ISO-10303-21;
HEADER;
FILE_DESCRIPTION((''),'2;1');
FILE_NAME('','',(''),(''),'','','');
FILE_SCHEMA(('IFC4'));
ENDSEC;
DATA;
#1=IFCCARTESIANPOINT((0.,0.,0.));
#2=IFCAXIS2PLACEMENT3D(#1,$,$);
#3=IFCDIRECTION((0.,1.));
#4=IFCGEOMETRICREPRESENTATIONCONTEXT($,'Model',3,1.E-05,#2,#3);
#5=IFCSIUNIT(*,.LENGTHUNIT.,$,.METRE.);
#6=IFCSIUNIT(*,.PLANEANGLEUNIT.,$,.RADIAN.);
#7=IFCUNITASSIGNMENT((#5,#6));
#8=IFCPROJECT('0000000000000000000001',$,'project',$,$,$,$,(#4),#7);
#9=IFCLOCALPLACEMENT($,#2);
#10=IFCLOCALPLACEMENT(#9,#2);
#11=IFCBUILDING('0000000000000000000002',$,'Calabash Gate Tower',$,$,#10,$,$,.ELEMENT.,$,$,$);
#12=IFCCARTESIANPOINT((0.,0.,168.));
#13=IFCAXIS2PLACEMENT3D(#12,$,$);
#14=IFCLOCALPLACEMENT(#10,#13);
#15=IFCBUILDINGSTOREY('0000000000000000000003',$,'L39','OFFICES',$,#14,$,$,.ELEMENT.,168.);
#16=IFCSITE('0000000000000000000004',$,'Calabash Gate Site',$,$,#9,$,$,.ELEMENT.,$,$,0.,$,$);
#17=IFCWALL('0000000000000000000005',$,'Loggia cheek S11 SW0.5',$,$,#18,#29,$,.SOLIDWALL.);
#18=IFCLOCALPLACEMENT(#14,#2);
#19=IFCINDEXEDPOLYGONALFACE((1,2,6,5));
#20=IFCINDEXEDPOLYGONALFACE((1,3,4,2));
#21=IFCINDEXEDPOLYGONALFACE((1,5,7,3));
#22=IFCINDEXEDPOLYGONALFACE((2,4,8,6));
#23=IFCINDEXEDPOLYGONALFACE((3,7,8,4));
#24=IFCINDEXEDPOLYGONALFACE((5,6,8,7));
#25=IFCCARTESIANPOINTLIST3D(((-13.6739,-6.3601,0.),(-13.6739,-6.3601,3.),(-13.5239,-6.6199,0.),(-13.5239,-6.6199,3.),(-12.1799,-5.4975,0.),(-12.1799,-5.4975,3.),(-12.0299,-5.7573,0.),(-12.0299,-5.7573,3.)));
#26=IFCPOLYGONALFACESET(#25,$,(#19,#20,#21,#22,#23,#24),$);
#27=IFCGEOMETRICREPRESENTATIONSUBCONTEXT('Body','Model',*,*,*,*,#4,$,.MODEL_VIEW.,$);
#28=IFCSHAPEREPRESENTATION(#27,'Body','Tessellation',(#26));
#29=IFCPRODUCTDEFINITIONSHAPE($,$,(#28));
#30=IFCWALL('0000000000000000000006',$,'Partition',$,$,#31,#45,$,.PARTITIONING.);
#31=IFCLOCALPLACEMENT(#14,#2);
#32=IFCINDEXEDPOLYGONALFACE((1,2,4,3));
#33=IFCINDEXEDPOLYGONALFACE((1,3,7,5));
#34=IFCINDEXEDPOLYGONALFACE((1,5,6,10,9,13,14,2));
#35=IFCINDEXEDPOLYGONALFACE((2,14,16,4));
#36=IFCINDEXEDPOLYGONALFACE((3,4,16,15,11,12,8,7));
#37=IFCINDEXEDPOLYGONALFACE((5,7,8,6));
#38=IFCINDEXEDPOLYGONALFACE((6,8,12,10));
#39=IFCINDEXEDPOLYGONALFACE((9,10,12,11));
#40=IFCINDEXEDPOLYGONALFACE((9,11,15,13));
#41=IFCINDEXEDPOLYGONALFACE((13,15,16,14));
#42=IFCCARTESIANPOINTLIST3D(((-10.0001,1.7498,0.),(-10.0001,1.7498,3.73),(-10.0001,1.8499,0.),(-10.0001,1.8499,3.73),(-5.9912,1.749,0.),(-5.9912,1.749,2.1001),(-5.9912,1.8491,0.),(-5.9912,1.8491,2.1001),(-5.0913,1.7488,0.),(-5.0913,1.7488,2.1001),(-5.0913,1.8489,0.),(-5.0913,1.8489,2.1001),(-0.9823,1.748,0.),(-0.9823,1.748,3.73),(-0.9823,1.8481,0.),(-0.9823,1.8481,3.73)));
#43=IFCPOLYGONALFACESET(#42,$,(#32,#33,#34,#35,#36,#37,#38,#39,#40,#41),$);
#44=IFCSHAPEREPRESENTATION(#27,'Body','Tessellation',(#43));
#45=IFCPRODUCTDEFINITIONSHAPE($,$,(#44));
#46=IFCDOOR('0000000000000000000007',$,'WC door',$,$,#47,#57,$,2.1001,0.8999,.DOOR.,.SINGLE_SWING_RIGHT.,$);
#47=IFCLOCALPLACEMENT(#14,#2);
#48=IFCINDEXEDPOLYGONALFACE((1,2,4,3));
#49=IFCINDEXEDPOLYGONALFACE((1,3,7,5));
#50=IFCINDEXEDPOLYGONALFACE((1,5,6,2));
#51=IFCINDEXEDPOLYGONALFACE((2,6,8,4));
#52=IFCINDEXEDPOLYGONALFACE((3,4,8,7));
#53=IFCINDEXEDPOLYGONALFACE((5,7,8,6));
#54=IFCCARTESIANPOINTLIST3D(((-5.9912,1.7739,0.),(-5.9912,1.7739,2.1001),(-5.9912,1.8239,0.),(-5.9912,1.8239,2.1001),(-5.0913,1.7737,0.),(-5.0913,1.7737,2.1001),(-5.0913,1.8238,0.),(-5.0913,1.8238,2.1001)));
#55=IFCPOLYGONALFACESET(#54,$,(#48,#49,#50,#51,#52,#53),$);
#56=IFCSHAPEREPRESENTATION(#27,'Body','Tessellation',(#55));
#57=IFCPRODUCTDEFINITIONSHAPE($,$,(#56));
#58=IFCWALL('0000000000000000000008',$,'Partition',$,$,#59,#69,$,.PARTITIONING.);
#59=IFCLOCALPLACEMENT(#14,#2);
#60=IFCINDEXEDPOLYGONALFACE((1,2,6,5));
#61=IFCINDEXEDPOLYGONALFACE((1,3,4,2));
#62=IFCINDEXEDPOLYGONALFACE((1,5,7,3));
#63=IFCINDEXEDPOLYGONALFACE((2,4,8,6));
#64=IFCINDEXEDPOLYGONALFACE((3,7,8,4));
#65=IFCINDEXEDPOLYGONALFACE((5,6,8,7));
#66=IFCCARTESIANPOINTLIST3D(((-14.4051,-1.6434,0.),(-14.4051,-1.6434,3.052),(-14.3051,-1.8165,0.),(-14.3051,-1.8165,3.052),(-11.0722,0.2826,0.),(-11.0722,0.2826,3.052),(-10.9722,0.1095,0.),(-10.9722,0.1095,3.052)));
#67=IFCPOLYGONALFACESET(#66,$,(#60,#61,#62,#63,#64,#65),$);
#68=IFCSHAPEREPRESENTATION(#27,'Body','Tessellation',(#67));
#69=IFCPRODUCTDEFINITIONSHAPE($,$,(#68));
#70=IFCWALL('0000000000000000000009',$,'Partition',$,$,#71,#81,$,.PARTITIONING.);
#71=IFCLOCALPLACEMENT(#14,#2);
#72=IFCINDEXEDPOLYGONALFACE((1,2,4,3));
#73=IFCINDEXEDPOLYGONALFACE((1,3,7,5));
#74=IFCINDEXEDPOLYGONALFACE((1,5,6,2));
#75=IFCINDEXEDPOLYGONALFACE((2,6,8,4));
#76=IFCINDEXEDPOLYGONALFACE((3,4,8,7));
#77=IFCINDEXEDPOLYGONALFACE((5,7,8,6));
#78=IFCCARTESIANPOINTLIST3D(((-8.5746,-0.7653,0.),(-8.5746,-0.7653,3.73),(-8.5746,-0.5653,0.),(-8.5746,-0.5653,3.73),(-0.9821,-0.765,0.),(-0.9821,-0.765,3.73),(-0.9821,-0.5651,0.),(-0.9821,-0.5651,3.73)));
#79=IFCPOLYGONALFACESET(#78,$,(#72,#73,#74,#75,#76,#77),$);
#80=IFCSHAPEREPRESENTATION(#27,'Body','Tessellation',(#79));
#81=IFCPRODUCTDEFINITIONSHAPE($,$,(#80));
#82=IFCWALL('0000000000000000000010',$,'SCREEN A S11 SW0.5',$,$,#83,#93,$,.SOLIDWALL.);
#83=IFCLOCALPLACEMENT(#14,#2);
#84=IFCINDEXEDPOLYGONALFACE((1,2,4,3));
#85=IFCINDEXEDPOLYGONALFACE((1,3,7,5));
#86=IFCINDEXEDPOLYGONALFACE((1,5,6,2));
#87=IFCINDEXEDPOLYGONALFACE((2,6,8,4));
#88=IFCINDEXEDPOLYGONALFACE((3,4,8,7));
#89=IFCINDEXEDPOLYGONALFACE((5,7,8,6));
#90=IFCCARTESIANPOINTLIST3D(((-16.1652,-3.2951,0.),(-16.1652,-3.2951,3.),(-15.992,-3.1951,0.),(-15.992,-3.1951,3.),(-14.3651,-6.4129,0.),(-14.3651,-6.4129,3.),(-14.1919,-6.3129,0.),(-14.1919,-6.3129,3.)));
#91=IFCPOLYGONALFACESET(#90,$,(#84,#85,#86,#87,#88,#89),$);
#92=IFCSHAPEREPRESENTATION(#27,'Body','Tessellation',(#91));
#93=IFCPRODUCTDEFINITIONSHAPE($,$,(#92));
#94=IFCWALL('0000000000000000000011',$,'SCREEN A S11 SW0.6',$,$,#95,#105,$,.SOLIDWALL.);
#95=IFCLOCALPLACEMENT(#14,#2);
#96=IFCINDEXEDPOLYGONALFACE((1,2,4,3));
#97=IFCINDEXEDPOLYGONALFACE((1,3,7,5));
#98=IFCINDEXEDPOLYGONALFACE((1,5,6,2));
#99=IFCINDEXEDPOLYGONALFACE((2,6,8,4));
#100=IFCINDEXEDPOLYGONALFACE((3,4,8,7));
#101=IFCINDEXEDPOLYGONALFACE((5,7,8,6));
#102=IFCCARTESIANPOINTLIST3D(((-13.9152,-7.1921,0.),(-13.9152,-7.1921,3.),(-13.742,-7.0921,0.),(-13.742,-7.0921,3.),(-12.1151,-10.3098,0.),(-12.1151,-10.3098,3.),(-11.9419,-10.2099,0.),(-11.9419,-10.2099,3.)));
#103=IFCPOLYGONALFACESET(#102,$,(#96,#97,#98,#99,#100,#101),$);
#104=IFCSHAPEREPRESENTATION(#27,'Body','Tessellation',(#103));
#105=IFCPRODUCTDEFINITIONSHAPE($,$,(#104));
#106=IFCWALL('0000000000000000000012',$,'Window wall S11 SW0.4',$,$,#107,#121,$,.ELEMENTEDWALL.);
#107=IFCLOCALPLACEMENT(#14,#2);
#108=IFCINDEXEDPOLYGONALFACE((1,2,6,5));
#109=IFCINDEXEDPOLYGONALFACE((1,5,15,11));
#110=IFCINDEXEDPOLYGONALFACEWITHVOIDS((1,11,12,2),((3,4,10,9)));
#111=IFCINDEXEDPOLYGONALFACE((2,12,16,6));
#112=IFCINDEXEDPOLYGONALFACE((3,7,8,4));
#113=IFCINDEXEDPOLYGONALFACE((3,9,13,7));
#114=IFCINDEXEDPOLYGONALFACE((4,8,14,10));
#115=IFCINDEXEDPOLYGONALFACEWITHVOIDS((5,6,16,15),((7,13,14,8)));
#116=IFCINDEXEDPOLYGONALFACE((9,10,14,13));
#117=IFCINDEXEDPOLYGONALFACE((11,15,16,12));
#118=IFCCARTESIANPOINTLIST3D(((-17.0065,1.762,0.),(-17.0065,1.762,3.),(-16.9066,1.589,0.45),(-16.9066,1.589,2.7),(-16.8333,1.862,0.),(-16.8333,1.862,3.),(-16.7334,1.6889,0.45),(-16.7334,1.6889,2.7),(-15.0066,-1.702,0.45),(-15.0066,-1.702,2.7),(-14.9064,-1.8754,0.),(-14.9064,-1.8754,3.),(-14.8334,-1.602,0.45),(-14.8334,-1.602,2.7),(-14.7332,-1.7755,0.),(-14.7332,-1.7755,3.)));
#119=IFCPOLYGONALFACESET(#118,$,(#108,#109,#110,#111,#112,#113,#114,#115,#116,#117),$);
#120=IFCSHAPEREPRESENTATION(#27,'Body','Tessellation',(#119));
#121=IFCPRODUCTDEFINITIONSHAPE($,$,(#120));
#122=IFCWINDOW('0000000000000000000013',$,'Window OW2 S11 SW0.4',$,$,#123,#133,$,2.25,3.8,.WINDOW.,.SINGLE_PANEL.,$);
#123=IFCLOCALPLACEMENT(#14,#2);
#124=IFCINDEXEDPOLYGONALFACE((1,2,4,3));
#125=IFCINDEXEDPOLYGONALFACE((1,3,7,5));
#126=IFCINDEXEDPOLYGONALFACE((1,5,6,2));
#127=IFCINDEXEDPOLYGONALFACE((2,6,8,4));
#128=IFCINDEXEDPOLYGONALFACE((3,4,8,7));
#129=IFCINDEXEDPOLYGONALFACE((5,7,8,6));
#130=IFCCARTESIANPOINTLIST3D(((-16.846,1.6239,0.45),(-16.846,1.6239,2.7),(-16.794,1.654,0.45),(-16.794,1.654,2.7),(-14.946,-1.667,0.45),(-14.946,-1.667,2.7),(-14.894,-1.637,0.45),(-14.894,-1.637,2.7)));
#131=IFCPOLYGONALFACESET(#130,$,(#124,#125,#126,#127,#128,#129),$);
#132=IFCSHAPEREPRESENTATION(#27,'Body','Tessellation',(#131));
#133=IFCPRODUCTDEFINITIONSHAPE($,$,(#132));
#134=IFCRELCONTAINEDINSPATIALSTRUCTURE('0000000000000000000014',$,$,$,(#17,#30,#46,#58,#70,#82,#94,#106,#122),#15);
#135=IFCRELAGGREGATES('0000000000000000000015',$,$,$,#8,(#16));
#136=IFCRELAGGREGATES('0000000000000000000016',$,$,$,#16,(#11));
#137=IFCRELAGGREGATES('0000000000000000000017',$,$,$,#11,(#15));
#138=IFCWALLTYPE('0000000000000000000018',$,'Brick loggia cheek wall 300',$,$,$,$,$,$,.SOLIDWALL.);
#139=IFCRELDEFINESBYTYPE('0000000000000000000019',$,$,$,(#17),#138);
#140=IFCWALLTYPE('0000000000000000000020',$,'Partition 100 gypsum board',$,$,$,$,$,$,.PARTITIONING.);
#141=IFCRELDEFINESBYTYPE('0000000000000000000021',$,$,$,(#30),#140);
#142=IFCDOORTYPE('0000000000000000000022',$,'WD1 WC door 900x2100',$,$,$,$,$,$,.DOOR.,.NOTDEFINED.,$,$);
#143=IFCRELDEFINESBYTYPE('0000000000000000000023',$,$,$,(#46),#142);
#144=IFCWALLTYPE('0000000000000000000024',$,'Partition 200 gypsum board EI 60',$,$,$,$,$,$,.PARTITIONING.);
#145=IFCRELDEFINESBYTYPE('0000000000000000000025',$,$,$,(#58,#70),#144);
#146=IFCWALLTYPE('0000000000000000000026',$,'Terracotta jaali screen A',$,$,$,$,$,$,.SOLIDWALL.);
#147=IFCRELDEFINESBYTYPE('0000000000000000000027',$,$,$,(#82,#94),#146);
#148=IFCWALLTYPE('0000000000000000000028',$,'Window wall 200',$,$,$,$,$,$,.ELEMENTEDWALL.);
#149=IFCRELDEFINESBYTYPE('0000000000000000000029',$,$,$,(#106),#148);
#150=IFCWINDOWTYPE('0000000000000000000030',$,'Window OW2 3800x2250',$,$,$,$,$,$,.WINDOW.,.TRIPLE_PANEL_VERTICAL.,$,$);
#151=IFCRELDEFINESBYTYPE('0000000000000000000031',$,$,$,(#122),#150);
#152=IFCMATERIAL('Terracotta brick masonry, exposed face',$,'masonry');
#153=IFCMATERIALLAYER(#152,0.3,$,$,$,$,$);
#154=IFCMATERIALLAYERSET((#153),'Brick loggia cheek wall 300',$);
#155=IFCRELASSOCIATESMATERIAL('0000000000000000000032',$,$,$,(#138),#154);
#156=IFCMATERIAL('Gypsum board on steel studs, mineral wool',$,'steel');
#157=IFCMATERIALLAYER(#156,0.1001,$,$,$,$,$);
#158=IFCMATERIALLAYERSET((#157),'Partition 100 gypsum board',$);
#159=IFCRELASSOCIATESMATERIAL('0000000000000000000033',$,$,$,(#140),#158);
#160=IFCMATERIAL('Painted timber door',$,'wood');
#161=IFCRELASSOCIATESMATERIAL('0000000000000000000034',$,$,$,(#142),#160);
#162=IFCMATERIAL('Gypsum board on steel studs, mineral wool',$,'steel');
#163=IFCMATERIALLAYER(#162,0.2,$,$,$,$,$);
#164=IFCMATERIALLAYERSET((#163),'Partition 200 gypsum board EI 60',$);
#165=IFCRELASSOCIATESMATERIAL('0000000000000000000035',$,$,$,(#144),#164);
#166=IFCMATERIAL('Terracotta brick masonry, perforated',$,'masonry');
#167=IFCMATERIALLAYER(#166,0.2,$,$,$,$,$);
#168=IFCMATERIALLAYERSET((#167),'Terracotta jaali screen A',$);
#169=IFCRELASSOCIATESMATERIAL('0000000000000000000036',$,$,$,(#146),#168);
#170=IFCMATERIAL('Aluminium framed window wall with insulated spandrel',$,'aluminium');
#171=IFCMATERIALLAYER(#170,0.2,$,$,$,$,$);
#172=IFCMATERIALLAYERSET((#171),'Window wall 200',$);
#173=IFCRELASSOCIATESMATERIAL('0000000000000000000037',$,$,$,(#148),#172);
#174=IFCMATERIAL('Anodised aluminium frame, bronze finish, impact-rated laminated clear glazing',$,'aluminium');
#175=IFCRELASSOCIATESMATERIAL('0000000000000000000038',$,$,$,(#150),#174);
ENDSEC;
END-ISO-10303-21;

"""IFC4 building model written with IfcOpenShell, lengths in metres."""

from ifc_helpers import new_model, si_unit, direction, frame, frame_2d, origin, place, context, subcontext, project, spatial, rectangle, extrude, material, layer, layer_set, type_object, element, fill, save


model = new_model("IFC4")

# Units and contexts
model_context = context("Model", 3, precision=1e-05, world=origin(), true_north=direction((0.0, 1.0)))
body_context = subcontext(model_context, "Body", "Model", "MODEL_VIEW")
ifc_project = project(units=[si_unit("LENGTHUNIT", "METRE"), si_unit("PLANEANGLEUNIT", "RADIAN")], contexts=[model_context])

# Site, building, storey
site_placement = place(None, origin())
site = spatial("IfcSite", under=ifc_project, at=site_placement, Name="Calabash Gate Site", CompositionType="ELEMENT", RefElevation=0.0)
building_placement = place(site_placement, origin())
building = spatial("IfcBuilding", under=site, at=building_placement, Name="Calabash Gate Tower", CompositionType="ELEMENT")
storey_placement = place(building_placement, frame((0.0, 0.0, 168.0)))
storey = spatial("IfcBuildingStorey", under=building, at=storey_placement, Name="L39", Description="OFFICES", CompositionType="ELEMENT", Elevation=168.0)

# Wall
ifc_material_1 = material(Name="Terracotta brick masonry, exposed face", Category="masonry")
ifc_layer_1 = layer(ifc_material_1, 0.3)
ifc_layer_set_1 = layer_set([ifc_layer_1], Name="Brick loggia cheek wall 300")
wall_type_1 = type_object("IfcWallType", Name="Brick loggia cheek wall 300", PredefinedType="SOLIDWALL", material=ifc_layer_set_1)
wall_1_placement = place(storey_placement, frame((-13.5989, -6.49, 0.0), z_axis=(0.0, 0.0, 1.0), x_axis=(0.866014, 0.500021, 0.0)))
element("IfcWall", 1, at=wall_1_placement, inside=storey, type_object=wall_type_1, Name="Loggia cheek S11 SW0.5", PredefinedType="SOLIDWALL", context=body_context, shape_type="SweptSolid", body=[
    extrude(rectangle(XDim=1.7251, YDim=0.3, at=frame_2d((0.8625, 0.0))), origin(), (0.0, 0.0, 1.0), 3.0),
])

# Wall, opening, door
ifc_material_2 = material(Name="Gypsum board on steel studs, mineral wool", Category="steel")
ifc_layer_2 = layer(ifc_material_2, 0.1001)
ifc_layer_set_2 = layer_set([ifc_layer_2], Name="Partition 100 gypsum board")
wall_type_2 = type_object("IfcWallType", Name="Partition 100 gypsum board", PredefinedType="PARTITIONING", material=ifc_layer_set_2)
wall_2_placement = place(storey_placement, frame((-10.0, 1.7998, 0.0), z_axis=(0.0, 0.0, 1.0), x_axis=(1.0, -0.00019, 0.0)))
wall_2 = element("IfcWall", 2, at=wall_2_placement, inside=storey, type_object=wall_type_2, Name="Partition", PredefinedType="PARTITIONING", context=body_context, shape_type="SweptSolid", body=[
    extrude(rectangle(XDim=9.0178, YDim=0.1001, at=frame_2d((4.5088, 0.0))), origin(), (0.0, 0.0, 1.0), 3.73),
])
opening_1_placement = place(wall_2_placement, frame((4.0088, 0.0, 0.0)))
opening_1 = element("IfcOpeningElement", 3, at=opening_1_placement, cuts=wall_2, PredefinedType="OPENING", context=body_context, shape_type="SweptSolid", body=[
    extrude(rectangle(XDim=0.8999, YDim=2.1001, at=frame_2d((0.45, 1.05))), frame((0.0, 0.0601, 0.0), z_axis=(0.0, -1.0, 0.0), x_axis=(1.0, 0.0, 0.0)), (0.0, 0.0, 1.0), 0.1201),
])
ifc_material_3 = material(Name="Painted timber door", Category="wood")
door_type_1 = type_object("IfcDoorType", Name="WD1 WC door 900x2100", OperationType="NOTDEFINED", PredefinedType="DOOR", material=ifc_material_3)
door_1_placement = place(opening_1_placement, origin())
door_1 = element("IfcDoor", 4, at=door_1_placement, inside=storey, type_object=door_type_1, Name="WC door", OperationType="SINGLE_SWING_RIGHT", OverallHeight=2.1001, OverallWidth=0.8999, PredefinedType="DOOR", context=body_context, shape_type="SweptSolid", body=[
    extrude(rectangle(XDim=0.8999, YDim=2.1001, at=frame_2d((0.45, 1.05))), frame((0.0, 0.0249, 0.0), z_axis=(0.0, -1.0, 0.0), x_axis=(1.0, 0.0, 0.0)), (0.0, 0.0, 1.0), 0.05),
])
fill(opening_1, door_1)

# Shared definitions
ifc_material_4 = material(Name="Gypsum board on steel studs, mineral wool", Category="steel")
ifc_layer_3 = layer(ifc_material_4, 0.2)
ifc_layer_set_3 = layer_set([ifc_layer_3], Name="Partition 200 gypsum board EI 60")
wall_type_3 = type_object("IfcWallType", Name="Partition 200 gypsum board EI 60", PredefinedType="PARTITIONING", material=ifc_layer_set_3)

# Walls
wall_3_placement = place(storey_placement, frame((-14.3552, -1.73, 0.0), z_axis=(0.0, 0.0, 1.0), x_axis=(0.865833, 0.500334, 0.0)))
element("IfcWall", 5, at=wall_3_placement, inside=storey, type_object=wall_type_3, Name="Partition", PredefinedType="PARTITIONING", context=body_context, shape_type="SweptSolid", body=[
    extrude(rectangle(XDim=3.8494, YDim=0.2, at=frame_2d((1.9248, 0.0))), origin(), (0.0, 0.0, 1.0), 3.052),
])
wall_4_placement = place(storey_placement, frame((-8.5747, -0.6653, 0.0), z_axis=(0.0, 0.0, 1.0), x_axis=(1.0, 0.000032, 0.0)))
element("IfcWall", 6, at=wall_4_placement, inside=storey, type_object=wall_type_3, Name="Partition", PredefinedType="PARTITIONING", context=body_context, shape_type="SweptSolid", body=[
    extrude(rectangle(XDim=7.5925, YDim=0.2, at=frame_2d((3.7964, 0.0))), origin(), (0.0, 0.0, 1.0), 3.73),
])
ifc_material_5 = material(Name="Terracotta brick masonry, perforated", Category="masonry")
ifc_layer_4 = layer(ifc_material_5, 0.2)
ifc_layer_set_4 = layer_set([ifc_layer_4], Name="Terracotta jaali screen A")
wall_type_4 = type_object("IfcWallType", Name="Terracotta jaali screen A", PredefinedType="SOLIDWALL", material=ifc_layer_set_4)
for number, where, z_axis, x_axis, name in (
    (7, (-16.0786, -3.2451, 0.0), (0.0, 0.0, 1.0), (0.500012, -0.866018, 0.0), "SCREEN A S11 SW0.5"),
    (8, (-13.8286, -7.1421, 0.0), (0.0, 0.0, 1.0), (0.500012, -0.866018, 0.0), "SCREEN A S11 SW0.6"),
):
    element("IfcWall", number, at=place(storey_placement, frame(where, z_axis=z_axis, x_axis=x_axis)), inside=storey, type_object=wall_type_4, Name=name, PredefinedType="SOLIDWALL", context=body_context, shape_type="SweptSolid", body=[
        extrude(rectangle(XDim=3.6001, YDim=0.2, at=frame_2d((1.8, 0.0))), origin(), (0.0, 0.0, 1.0), 3.0),
    ])

# Wall, opening, window
ifc_material_6 = material(Name="Aluminium framed window wall with insulated spandrel", Category="aluminium")
ifc_layer_5 = layer(ifc_material_6, 0.2)
ifc_layer_set_5 = layer_set([ifc_layer_5], Name="Window wall 200")
wall_type_5 = type_object("IfcWallType", Name="Window wall 200", PredefinedType="ELEMENTEDWALL", material=ifc_layer_set_5)
wall_5_placement = place(storey_placement, frame((-16.9199, 1.812, 0.0), z_axis=(0.0, 0.0, 1.0), x_axis=(0.500003, -0.866024, 0.0)))
wall_5 = element("IfcWall", 9, at=wall_5_placement, inside=storey, type_object=wall_type_5, Name="Window wall S11 SW0.4", PredefinedType="ELEMENTEDWALL", context=body_context, shape_type="SweptSolid", body=[
    extrude(rectangle(XDim=4.2002, YDim=0.2, at=frame_2d((2.1001, 0.0))), origin(), (0.0, 0.0, 1.0), 3.0),
])
opening_2_placement = place(wall_5_placement, frame((0.2, 0.0, 0.45)))
opening_2 = element("IfcOpeningElement", 10, at=opening_2_placement, cuts=wall_5, PredefinedType="OPENING", context=body_context, shape_type="SweptSolid", body=[
    extrude(rectangle(XDim=3.8, YDim=2.25, at=frame_2d((1.8999, 1.125))), frame((0.0, 0.1099, 0.0), z_axis=(0.0, -1.0, 0.0), x_axis=(1.0, 0.0, 0.0)), (0.0, 0.0, 1.0), 0.22),
])
ifc_material_7 = material(Name="Anodised aluminium frame, bronze finish, impact-rated laminated clear glazing", Category="aluminium")
window_type_1 = type_object("IfcWindowType", Name="Window OW2 3800x2250", PartitioningType="TRIPLE_PANEL_VERTICAL", PredefinedType="WINDOW", material=ifc_material_7)
window_1_placement = place(opening_2_placement, origin())
window_1 = element("IfcWindow", 11, at=window_1_placement, inside=storey, type_object=window_type_1, Name="Window OW2 S11 SW0.4", OverallHeight=2.25, OverallWidth=3.8, PartitioningType="SINGLE_PANEL", PredefinedType="WINDOW", context=body_context, shape_type="SweptSolid", body=[
    extrude(rectangle(XDim=3.8, YDim=2.25, at=frame_2d((1.8999, 1.125))), frame((0.0, 0.03, 0.0), z_axis=(0.0, -1.0, 0.0), x_axis=(1.0, 0.0, 0.0)), (0.0, 0.0, 1.0), 0.0601),
])
fill(opening_2, window_1)

save(model, "model.ifc")
